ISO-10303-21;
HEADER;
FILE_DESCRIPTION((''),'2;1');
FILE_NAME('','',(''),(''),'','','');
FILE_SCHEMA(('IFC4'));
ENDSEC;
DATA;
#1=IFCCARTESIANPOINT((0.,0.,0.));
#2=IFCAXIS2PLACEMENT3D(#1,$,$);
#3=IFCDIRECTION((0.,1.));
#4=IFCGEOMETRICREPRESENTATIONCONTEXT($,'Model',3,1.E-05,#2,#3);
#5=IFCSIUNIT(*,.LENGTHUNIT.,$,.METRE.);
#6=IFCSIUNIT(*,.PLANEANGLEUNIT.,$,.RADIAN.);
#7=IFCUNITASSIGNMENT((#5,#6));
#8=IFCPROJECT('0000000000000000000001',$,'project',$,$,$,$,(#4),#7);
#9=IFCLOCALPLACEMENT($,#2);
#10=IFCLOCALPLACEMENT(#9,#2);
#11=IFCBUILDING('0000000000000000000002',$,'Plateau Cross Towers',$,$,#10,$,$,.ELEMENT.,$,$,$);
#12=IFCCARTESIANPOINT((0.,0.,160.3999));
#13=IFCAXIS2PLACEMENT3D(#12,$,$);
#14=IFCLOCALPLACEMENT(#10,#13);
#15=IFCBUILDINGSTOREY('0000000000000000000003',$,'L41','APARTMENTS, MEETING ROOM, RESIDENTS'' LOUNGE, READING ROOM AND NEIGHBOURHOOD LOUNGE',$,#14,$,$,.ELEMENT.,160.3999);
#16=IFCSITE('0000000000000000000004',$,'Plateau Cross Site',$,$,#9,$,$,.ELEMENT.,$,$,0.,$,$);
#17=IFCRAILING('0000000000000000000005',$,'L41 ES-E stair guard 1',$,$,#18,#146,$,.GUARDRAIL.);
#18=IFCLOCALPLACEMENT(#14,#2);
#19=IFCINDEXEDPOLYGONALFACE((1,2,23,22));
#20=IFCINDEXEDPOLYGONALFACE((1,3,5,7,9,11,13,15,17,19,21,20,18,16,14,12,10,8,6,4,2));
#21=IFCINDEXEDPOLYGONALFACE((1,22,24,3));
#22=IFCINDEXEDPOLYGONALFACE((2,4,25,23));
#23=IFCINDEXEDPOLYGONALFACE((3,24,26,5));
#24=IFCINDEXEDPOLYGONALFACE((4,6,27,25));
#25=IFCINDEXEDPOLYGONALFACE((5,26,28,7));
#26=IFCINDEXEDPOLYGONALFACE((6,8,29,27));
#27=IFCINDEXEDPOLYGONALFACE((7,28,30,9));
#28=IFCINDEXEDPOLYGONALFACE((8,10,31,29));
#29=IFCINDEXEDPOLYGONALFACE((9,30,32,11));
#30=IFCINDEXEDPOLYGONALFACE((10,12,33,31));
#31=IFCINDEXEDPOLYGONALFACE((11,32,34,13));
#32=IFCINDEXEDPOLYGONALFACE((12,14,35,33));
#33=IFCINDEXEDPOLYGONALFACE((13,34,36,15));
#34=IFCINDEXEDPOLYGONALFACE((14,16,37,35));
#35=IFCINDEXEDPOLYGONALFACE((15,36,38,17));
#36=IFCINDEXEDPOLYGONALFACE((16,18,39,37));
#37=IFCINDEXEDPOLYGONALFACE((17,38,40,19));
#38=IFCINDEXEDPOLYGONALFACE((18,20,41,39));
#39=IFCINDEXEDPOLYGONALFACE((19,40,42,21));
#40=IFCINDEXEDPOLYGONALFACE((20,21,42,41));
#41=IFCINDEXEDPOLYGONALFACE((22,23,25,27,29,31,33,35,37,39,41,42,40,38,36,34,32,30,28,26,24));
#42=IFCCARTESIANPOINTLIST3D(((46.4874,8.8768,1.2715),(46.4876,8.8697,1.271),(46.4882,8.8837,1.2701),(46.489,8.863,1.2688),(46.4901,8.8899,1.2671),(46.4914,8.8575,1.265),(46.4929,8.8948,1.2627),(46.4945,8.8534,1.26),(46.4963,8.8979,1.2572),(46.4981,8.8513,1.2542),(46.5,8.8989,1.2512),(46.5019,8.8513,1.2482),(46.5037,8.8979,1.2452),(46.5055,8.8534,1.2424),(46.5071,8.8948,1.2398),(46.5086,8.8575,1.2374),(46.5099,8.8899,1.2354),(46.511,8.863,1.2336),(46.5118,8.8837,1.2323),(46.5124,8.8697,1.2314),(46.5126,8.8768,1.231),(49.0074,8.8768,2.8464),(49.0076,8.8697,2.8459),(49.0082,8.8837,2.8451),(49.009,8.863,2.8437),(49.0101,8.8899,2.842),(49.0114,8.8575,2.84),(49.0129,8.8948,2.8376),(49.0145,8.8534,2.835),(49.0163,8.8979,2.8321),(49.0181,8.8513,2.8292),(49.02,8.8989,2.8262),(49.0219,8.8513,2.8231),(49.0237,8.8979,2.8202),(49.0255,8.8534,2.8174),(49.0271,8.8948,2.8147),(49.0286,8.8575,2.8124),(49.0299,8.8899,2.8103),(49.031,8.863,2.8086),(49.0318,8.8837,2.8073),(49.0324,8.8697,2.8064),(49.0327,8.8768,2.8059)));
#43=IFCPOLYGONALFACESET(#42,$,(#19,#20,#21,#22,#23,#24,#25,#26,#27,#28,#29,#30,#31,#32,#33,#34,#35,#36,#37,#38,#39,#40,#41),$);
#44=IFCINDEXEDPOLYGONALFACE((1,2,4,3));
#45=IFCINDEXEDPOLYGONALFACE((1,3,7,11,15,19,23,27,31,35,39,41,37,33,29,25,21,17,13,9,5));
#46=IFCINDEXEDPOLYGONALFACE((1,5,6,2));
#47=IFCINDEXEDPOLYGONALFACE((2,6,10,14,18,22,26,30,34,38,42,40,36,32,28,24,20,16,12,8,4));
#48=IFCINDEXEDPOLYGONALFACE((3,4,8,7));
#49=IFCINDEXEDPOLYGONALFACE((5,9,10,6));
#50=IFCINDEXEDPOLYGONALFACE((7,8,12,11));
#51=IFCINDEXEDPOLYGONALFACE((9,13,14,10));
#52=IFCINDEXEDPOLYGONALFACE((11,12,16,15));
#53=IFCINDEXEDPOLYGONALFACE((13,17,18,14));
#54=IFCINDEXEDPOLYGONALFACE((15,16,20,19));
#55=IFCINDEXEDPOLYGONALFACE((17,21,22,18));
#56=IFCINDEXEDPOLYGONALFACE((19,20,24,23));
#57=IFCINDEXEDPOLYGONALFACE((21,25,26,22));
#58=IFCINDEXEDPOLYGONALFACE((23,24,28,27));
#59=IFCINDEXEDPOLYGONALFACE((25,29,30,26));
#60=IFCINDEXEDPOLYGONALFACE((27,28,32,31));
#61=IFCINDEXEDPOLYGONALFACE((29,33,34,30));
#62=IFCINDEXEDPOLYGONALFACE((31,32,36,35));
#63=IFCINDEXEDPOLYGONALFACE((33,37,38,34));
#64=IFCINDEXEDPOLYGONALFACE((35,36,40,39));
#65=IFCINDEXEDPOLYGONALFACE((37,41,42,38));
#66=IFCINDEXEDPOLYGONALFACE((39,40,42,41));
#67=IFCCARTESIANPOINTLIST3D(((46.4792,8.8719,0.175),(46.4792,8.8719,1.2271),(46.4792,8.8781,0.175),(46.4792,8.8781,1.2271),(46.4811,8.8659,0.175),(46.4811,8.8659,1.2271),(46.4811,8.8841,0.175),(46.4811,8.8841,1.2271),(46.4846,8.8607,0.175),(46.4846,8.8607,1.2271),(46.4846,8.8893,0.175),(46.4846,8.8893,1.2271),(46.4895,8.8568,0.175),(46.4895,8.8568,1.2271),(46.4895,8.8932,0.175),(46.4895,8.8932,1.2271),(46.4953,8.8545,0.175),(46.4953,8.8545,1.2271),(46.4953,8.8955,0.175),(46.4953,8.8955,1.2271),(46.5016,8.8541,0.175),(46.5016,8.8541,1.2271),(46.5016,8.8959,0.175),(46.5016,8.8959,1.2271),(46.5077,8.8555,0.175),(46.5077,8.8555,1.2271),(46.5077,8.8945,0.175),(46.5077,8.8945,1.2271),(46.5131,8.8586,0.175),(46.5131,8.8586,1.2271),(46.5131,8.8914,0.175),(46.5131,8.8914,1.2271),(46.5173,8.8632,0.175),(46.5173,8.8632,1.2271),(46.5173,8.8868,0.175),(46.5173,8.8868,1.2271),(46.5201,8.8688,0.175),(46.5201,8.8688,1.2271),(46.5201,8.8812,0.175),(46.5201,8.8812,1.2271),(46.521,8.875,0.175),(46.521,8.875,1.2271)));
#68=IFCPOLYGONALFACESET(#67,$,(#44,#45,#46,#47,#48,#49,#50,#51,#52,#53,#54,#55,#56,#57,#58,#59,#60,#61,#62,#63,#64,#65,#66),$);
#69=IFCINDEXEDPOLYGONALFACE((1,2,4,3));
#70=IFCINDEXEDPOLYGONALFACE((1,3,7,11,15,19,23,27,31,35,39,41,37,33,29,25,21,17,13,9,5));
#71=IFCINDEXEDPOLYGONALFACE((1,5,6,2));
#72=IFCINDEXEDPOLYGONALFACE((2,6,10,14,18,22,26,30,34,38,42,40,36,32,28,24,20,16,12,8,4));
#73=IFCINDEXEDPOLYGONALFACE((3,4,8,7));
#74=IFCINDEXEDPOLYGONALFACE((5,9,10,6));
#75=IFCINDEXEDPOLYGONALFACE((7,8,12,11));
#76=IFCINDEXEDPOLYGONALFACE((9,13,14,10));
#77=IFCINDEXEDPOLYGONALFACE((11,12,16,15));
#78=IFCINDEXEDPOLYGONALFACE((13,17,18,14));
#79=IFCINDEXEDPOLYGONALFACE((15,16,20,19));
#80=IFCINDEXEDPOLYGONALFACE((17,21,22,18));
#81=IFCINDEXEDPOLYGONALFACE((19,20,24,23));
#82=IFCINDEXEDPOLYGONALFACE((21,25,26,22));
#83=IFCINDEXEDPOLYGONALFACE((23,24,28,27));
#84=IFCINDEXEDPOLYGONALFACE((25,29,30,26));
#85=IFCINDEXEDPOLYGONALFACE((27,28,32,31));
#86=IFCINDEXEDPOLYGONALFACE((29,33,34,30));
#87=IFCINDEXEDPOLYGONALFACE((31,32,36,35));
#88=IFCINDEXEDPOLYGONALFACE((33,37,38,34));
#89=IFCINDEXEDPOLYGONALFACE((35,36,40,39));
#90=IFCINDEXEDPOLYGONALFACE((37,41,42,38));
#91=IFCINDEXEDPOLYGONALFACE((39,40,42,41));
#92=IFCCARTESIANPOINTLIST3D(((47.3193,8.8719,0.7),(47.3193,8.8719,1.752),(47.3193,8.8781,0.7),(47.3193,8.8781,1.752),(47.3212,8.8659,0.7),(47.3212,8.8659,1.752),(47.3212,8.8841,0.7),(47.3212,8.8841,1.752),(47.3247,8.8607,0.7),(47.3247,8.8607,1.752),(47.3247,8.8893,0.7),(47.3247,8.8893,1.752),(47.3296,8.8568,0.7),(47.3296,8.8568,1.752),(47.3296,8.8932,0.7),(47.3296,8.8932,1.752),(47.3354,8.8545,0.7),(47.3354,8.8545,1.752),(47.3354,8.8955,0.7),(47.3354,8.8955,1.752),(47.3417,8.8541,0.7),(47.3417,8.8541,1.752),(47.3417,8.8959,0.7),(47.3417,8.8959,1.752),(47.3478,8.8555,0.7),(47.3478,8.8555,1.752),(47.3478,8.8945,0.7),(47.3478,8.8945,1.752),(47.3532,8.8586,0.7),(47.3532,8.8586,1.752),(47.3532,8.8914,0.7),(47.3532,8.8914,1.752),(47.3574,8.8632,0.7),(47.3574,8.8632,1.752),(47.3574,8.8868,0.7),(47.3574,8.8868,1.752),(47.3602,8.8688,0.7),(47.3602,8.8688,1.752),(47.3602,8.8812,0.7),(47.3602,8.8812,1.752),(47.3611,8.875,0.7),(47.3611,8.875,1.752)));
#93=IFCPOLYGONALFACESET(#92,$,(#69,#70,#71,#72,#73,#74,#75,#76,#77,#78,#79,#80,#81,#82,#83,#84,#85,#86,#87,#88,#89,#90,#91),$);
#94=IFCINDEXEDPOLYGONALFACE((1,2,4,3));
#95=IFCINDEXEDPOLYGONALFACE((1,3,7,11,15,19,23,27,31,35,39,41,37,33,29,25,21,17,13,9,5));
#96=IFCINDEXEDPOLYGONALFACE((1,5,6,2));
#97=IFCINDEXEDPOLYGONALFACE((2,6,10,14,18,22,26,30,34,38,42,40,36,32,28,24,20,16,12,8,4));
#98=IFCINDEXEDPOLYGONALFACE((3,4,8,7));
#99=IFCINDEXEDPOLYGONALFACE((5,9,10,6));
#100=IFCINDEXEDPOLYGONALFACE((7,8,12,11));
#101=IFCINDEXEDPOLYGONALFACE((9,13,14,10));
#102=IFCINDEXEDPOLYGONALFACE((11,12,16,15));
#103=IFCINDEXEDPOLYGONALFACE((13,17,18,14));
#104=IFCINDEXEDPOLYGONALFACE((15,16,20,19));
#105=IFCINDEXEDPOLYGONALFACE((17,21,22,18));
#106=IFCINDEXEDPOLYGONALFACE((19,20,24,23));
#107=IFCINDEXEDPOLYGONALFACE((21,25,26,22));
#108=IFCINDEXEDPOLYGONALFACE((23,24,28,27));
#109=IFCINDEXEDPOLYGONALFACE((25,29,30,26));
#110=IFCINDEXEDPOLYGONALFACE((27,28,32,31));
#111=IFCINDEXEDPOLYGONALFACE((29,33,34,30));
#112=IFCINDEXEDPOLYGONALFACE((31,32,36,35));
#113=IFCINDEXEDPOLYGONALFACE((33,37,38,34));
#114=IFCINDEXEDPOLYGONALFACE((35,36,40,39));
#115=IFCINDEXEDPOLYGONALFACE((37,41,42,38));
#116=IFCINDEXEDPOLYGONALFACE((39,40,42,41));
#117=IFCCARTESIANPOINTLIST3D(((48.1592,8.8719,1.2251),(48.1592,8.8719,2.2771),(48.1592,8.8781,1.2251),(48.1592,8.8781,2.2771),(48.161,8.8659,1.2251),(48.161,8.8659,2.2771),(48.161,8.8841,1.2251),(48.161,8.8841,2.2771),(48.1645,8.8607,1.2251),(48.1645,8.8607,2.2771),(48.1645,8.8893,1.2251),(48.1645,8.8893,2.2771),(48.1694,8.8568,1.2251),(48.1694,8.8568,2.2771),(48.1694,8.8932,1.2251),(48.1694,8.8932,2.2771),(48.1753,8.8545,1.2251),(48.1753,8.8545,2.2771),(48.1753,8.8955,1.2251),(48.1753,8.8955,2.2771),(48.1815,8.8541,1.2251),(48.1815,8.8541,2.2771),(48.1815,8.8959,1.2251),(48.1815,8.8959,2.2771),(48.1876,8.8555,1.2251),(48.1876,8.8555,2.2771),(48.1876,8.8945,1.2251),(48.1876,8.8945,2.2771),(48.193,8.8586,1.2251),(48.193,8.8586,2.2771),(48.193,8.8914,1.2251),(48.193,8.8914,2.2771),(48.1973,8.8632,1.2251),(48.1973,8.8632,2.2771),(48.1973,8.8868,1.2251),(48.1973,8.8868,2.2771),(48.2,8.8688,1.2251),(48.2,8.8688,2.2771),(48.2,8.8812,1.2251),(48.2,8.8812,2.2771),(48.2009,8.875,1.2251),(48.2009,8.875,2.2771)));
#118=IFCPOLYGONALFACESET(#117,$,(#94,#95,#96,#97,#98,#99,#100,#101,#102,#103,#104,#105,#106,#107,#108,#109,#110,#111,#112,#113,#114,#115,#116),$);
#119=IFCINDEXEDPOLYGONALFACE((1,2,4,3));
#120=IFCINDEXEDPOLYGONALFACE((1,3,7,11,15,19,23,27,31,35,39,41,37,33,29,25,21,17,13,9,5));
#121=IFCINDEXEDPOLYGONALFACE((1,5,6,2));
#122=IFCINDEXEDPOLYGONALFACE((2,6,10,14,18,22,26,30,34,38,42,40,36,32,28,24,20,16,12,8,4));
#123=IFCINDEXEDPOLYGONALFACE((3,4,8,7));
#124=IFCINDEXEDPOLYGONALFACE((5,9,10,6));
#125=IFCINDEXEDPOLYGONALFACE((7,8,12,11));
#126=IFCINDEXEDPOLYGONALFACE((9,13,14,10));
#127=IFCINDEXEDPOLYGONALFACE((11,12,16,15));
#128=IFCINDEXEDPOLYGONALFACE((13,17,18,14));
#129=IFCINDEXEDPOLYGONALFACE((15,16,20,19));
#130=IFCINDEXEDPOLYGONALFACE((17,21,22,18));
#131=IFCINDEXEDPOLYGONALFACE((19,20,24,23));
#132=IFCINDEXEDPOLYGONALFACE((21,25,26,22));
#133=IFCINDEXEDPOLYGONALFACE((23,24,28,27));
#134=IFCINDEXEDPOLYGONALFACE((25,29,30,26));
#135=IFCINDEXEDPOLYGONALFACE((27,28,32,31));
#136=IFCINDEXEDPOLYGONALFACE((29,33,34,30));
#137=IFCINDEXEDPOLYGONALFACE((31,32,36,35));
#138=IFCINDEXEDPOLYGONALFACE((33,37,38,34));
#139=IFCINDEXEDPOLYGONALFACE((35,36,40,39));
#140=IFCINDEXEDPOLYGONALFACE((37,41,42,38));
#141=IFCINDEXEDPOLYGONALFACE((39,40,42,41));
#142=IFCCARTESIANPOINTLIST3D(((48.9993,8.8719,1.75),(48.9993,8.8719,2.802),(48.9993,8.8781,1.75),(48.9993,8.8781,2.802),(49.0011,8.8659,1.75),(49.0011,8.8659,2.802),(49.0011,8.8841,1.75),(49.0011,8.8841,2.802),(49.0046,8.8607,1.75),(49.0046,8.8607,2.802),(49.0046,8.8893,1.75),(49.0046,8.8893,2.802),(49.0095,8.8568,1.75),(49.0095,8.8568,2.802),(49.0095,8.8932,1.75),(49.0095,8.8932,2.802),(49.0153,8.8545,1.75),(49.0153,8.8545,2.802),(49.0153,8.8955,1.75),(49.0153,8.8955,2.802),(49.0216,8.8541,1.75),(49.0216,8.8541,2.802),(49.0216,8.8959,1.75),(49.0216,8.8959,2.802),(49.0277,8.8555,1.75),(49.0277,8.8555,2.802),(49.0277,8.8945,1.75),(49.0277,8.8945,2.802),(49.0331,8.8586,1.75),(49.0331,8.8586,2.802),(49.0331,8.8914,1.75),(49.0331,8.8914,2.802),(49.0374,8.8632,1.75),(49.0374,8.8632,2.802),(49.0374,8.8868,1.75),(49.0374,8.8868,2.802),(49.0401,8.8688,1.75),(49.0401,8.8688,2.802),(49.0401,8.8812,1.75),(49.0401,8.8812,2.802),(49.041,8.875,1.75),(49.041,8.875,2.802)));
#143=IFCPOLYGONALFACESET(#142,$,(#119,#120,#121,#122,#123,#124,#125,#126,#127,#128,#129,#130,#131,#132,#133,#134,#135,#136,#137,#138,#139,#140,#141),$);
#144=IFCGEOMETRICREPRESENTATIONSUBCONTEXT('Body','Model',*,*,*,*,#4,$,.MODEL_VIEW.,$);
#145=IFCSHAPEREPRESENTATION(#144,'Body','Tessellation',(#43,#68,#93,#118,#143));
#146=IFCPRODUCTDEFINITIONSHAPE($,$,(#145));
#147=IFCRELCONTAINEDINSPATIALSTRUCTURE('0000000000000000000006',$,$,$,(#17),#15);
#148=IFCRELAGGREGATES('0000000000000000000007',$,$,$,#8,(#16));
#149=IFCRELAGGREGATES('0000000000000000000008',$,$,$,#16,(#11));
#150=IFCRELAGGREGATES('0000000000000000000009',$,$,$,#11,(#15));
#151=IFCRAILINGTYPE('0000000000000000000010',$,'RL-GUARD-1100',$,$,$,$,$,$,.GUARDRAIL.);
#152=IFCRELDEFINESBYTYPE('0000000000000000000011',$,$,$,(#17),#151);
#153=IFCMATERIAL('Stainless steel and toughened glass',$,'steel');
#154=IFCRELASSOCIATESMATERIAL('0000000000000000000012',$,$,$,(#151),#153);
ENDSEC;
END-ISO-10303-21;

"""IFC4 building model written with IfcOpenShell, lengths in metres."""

from ifc_helpers import new_model, si_unit, direction, frame, origin, origin_2d, place, context, subcontext, project, spatial, circle, extrude, material, type_object, element, save


model = new_model("IFC4")

# Units and contexts
model_context = context("Model", 3, precision=1e-05, world=origin(), true_north=direction((0.0, 1.0)))
body_context = subcontext(model_context, "Body", "Model", "MODEL_VIEW")
ifc_project = project(units=[si_unit("LENGTHUNIT", "METRE"), si_unit("PLANEANGLEUNIT", "RADIAN")], contexts=[model_context])

# Site, building, storey
site_placement = place(None, origin())
site = spatial("IfcSite", under=ifc_project, at=site_placement, Name="Plateau Cross Site", CompositionType="ELEMENT", RefElevation=0.0)
building_placement = place(site_placement, origin())
building = spatial("IfcBuilding", under=site, at=building_placement, Name="Plateau Cross Towers", CompositionType="ELEMENT")
storey_placement = place(building_placement, frame((0.0, 0.0, 160.3999)))
storey = spatial("IfcBuildingStorey", under=building, at=storey_placement, Name="L41", Description="APARTMENTS, MEETING ROOM, RESIDENTS' LOUNGE, READING ROOM AND NEIGHBOURHOOD LOUNGE", CompositionType="ELEMENT", Elevation=160.3999)

# Railing
ifc_material_1 = material(Name="Stainless steel and toughened glass", Category="steel")
railing_type_1 = type_object("IfcRailingType", Name="RL-GUARD-1100", PredefinedType="GUARDRAIL", material=ifc_material_1)
railing_1_placement = place(storey_placement, frame((46.5, 8.875, 0.175)))
element("IfcRailing", 1, at=railing_1_placement, inside=storey, type_object=railing_type_1, Name="L41 ES-E stair guard 1", PredefinedType="GUARDRAIL", context=body_context, shape_type="SweptSolid", body=[
    extrude(circle(Radius=0.0239, at=origin_2d()), frame((0.0, 0.0, 1.0762), z_axis=(0.848008, 0.0, 0.529984), x_axis=(0.0, 1.0, 0.0)), (0.0, 0.0, 1.0), 2.9717),
    extrude(circle(Radius=0.021, at=origin_2d()), origin(), (0.0, 0.0, 1.0), 1.052),
    extrude(circle(Radius=0.021, at=origin_2d()), frame((0.8401, 0.0, 0.5249)), (0.0, 0.0, 1.0), 1.052),
    extrude(circle(Radius=0.021, at=origin_2d()), frame((1.6799, 0.0, 1.05)), (0.0, 0.0, 1.0), 1.052),
    extrude(circle(Radius=0.021, at=origin_2d()), frame((2.52, 0.0, 1.575)), (0.0, 0.0, 1.0), 1.052),
])

save(model, "model.ifc")
